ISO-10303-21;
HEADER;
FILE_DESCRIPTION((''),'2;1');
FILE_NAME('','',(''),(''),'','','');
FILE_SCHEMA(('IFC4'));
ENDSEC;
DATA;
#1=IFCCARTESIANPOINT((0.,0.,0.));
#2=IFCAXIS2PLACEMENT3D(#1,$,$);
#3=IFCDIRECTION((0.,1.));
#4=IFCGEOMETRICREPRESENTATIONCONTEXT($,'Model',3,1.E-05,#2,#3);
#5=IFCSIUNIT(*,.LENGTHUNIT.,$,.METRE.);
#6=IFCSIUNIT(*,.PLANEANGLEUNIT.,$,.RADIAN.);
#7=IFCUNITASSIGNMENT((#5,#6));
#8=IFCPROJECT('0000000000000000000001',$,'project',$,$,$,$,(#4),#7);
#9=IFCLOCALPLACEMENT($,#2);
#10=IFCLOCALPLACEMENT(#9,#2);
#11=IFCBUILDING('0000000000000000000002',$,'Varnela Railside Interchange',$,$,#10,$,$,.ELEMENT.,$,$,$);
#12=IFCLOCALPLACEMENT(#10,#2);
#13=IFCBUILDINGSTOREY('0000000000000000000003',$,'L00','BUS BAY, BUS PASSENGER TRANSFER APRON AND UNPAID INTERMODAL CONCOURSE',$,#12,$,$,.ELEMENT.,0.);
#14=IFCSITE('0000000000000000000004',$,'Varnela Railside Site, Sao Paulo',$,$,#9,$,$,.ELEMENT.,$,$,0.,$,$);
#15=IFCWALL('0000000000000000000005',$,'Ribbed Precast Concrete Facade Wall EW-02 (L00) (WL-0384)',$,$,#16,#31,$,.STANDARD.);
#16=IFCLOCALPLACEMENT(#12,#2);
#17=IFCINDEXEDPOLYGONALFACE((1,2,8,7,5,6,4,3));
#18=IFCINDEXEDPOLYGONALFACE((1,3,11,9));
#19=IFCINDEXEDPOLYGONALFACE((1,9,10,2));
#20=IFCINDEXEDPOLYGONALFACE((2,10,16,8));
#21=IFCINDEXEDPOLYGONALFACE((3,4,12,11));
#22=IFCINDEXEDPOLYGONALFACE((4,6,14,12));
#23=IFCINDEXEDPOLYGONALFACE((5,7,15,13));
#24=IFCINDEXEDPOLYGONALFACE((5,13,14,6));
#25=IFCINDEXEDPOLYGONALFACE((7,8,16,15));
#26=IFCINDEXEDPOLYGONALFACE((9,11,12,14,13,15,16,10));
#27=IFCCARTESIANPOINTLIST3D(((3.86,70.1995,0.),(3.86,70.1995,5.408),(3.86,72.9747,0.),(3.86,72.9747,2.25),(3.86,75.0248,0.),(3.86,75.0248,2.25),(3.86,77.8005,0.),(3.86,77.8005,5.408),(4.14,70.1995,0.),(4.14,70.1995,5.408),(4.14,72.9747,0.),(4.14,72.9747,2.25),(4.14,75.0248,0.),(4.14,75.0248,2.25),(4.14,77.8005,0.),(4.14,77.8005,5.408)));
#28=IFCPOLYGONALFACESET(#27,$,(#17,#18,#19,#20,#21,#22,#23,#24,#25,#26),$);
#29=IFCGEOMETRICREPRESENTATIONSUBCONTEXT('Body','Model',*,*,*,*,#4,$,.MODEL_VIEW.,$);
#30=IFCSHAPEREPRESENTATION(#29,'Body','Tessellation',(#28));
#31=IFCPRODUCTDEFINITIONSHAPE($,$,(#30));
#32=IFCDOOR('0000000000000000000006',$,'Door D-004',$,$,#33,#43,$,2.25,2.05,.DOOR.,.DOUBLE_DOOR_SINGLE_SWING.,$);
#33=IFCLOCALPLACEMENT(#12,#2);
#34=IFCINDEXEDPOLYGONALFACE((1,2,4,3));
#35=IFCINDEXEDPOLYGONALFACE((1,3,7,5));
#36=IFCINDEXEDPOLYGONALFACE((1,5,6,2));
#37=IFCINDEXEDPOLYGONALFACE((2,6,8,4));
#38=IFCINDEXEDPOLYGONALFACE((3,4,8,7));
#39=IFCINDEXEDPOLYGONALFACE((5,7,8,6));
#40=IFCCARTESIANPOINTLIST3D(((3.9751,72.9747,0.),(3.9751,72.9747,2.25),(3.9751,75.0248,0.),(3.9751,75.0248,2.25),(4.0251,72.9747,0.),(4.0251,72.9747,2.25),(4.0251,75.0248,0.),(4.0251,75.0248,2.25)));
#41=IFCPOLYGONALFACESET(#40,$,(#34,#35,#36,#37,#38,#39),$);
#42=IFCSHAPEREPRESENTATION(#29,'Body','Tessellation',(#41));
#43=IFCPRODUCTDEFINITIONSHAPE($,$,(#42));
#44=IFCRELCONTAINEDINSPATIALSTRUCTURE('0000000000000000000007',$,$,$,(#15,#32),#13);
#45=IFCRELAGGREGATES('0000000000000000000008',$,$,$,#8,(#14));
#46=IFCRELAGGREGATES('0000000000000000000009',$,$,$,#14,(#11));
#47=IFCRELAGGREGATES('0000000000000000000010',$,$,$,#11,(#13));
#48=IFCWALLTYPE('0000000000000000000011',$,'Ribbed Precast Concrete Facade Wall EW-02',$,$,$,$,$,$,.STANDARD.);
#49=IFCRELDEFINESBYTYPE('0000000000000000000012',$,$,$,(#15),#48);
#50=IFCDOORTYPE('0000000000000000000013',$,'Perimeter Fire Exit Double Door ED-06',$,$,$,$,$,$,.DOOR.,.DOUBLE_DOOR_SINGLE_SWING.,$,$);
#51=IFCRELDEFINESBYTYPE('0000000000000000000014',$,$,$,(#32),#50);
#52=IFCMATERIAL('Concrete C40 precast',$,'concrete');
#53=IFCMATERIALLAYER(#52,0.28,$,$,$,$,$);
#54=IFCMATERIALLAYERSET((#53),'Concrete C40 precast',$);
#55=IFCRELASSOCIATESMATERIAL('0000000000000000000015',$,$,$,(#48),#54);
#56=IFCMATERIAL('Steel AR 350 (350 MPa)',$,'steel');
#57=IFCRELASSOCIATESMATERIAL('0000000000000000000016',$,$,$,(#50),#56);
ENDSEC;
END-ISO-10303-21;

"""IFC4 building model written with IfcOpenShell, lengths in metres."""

from ifc_helpers import new_model, si_unit, direction, frame, frame_2d, origin, place, context, subcontext, project, spatial, rectangle, extrude, material, layer, layer_set, type_object, element, fill, save


model = new_model("IFC4")

# Units and contexts
model_context = context("Model", 3, precision=1e-05, world=origin(), true_north=direction((0.0, 1.0)))
body_context = subcontext(model_context, "Body", "Model", "MODEL_VIEW")
ifc_project = project(units=[si_unit("LENGTHUNIT", "METRE"), si_unit("PLANEANGLEUNIT", "RADIAN")], contexts=[model_context])

# Site, building, storey
site_placement = place(None, origin())
site = spatial("IfcSite", under=ifc_project, at=site_placement, Name="Varnela Railside Site, Sao Paulo", CompositionType="ELEMENT", RefElevation=0.0)
building_placement = place(site_placement, origin())
building = spatial("IfcBuilding", under=site, at=building_placement, Name="Varnela Railside Interchange", CompositionType="ELEMENT")
storey_placement = place(building_placement, origin())
storey = spatial("IfcBuildingStorey", under=building, at=storey_placement, Name="L00", Description="BUS BAY, BUS PASSENGER TRANSFER APRON AND UNPAID INTERMODAL CONCOURSE", CompositionType="ELEMENT", Elevation=0.0)

# Shared definitions
ifc_material_1 = material(Name="Steel AR 350 (350 MPa)", Category="steel")

# Wall, opening, door
ifc_material_2 = material(Name="Concrete C40 precast", Category="concrete")
ifc_layer_1 = layer(ifc_material_2, 0.28)
ifc_layer_set_1 = layer_set([ifc_layer_1], Name="Concrete C40 precast")
wall_type = type_object("IfcWallType", Name="Ribbed Precast Concrete Facade Wall EW-02", PredefinedType="STANDARD", material=ifc_layer_set_1)
wall_placement = place(storey_placement, frame((4.0, 70.1995, 0.0), z_axis=(0.0, 0.0, 1.0), x_axis=(0.0, 1.0, 0.0)))
wall = element("IfcWall", 1, at=wall_placement, inside=storey, type_object=wall_type, Name="Ribbed Precast Concrete Facade Wall EW-02 (L00) (WL-0384)", PredefinedType="STANDARD", context=body_context, shape_type="SweptSolid", body=[
    extrude(rectangle(XDim=7.6011, YDim=0.28, at=frame_2d((3.8005, 0.0))), origin(), (0.0, 0.0, 1.0), 5.408),
])
opening_placement = place(wall_placement, frame((2.7754, 0.0, 0.0)))
opening = element("IfcOpeningElement", 2, at=opening_placement, cuts=wall, PredefinedType="OPENING", context=body_context, shape_type="SweptSolid", body=[
    extrude(rectangle(XDim=2.05, YDim=2.25, at=frame_2d((1.0249, 1.125))), frame((0.0, 0.1499, 0.0), z_axis=(0.0, -1.0, 0.0), x_axis=(1.0, 0.0, 0.0)), (0.0, 0.0, 1.0), 0.3),
])
door_type = type_object("IfcDoorType", Name="Perimeter Fire Exit Double Door ED-06", OperationType="DOUBLE_DOOR_SINGLE_SWING", PredefinedType="DOOR", material=ifc_material_1)
door_placement = place(opening_placement, origin())
door = element("IfcDoor", 3, at=door_placement, inside=storey, type_object=door_type, Name="Door D-004", OperationType="DOUBLE_DOOR_SINGLE_SWING", OverallHeight=2.25, OverallWidth=2.05, PredefinedType="DOOR", context=body_context, shape_type="SweptSolid", body=[
    extrude(rectangle(XDim=2.05, YDim=2.25, at=frame_2d((1.0249, 1.125))), frame((0.0, 0.0249, 0.0), z_axis=(0.0, -1.0, 0.0), x_axis=(1.0, 0.0, 0.0)), (0.0, 0.0, 1.0), 0.05),
])
fill(opening, door)

save(model, "model.ifc")
